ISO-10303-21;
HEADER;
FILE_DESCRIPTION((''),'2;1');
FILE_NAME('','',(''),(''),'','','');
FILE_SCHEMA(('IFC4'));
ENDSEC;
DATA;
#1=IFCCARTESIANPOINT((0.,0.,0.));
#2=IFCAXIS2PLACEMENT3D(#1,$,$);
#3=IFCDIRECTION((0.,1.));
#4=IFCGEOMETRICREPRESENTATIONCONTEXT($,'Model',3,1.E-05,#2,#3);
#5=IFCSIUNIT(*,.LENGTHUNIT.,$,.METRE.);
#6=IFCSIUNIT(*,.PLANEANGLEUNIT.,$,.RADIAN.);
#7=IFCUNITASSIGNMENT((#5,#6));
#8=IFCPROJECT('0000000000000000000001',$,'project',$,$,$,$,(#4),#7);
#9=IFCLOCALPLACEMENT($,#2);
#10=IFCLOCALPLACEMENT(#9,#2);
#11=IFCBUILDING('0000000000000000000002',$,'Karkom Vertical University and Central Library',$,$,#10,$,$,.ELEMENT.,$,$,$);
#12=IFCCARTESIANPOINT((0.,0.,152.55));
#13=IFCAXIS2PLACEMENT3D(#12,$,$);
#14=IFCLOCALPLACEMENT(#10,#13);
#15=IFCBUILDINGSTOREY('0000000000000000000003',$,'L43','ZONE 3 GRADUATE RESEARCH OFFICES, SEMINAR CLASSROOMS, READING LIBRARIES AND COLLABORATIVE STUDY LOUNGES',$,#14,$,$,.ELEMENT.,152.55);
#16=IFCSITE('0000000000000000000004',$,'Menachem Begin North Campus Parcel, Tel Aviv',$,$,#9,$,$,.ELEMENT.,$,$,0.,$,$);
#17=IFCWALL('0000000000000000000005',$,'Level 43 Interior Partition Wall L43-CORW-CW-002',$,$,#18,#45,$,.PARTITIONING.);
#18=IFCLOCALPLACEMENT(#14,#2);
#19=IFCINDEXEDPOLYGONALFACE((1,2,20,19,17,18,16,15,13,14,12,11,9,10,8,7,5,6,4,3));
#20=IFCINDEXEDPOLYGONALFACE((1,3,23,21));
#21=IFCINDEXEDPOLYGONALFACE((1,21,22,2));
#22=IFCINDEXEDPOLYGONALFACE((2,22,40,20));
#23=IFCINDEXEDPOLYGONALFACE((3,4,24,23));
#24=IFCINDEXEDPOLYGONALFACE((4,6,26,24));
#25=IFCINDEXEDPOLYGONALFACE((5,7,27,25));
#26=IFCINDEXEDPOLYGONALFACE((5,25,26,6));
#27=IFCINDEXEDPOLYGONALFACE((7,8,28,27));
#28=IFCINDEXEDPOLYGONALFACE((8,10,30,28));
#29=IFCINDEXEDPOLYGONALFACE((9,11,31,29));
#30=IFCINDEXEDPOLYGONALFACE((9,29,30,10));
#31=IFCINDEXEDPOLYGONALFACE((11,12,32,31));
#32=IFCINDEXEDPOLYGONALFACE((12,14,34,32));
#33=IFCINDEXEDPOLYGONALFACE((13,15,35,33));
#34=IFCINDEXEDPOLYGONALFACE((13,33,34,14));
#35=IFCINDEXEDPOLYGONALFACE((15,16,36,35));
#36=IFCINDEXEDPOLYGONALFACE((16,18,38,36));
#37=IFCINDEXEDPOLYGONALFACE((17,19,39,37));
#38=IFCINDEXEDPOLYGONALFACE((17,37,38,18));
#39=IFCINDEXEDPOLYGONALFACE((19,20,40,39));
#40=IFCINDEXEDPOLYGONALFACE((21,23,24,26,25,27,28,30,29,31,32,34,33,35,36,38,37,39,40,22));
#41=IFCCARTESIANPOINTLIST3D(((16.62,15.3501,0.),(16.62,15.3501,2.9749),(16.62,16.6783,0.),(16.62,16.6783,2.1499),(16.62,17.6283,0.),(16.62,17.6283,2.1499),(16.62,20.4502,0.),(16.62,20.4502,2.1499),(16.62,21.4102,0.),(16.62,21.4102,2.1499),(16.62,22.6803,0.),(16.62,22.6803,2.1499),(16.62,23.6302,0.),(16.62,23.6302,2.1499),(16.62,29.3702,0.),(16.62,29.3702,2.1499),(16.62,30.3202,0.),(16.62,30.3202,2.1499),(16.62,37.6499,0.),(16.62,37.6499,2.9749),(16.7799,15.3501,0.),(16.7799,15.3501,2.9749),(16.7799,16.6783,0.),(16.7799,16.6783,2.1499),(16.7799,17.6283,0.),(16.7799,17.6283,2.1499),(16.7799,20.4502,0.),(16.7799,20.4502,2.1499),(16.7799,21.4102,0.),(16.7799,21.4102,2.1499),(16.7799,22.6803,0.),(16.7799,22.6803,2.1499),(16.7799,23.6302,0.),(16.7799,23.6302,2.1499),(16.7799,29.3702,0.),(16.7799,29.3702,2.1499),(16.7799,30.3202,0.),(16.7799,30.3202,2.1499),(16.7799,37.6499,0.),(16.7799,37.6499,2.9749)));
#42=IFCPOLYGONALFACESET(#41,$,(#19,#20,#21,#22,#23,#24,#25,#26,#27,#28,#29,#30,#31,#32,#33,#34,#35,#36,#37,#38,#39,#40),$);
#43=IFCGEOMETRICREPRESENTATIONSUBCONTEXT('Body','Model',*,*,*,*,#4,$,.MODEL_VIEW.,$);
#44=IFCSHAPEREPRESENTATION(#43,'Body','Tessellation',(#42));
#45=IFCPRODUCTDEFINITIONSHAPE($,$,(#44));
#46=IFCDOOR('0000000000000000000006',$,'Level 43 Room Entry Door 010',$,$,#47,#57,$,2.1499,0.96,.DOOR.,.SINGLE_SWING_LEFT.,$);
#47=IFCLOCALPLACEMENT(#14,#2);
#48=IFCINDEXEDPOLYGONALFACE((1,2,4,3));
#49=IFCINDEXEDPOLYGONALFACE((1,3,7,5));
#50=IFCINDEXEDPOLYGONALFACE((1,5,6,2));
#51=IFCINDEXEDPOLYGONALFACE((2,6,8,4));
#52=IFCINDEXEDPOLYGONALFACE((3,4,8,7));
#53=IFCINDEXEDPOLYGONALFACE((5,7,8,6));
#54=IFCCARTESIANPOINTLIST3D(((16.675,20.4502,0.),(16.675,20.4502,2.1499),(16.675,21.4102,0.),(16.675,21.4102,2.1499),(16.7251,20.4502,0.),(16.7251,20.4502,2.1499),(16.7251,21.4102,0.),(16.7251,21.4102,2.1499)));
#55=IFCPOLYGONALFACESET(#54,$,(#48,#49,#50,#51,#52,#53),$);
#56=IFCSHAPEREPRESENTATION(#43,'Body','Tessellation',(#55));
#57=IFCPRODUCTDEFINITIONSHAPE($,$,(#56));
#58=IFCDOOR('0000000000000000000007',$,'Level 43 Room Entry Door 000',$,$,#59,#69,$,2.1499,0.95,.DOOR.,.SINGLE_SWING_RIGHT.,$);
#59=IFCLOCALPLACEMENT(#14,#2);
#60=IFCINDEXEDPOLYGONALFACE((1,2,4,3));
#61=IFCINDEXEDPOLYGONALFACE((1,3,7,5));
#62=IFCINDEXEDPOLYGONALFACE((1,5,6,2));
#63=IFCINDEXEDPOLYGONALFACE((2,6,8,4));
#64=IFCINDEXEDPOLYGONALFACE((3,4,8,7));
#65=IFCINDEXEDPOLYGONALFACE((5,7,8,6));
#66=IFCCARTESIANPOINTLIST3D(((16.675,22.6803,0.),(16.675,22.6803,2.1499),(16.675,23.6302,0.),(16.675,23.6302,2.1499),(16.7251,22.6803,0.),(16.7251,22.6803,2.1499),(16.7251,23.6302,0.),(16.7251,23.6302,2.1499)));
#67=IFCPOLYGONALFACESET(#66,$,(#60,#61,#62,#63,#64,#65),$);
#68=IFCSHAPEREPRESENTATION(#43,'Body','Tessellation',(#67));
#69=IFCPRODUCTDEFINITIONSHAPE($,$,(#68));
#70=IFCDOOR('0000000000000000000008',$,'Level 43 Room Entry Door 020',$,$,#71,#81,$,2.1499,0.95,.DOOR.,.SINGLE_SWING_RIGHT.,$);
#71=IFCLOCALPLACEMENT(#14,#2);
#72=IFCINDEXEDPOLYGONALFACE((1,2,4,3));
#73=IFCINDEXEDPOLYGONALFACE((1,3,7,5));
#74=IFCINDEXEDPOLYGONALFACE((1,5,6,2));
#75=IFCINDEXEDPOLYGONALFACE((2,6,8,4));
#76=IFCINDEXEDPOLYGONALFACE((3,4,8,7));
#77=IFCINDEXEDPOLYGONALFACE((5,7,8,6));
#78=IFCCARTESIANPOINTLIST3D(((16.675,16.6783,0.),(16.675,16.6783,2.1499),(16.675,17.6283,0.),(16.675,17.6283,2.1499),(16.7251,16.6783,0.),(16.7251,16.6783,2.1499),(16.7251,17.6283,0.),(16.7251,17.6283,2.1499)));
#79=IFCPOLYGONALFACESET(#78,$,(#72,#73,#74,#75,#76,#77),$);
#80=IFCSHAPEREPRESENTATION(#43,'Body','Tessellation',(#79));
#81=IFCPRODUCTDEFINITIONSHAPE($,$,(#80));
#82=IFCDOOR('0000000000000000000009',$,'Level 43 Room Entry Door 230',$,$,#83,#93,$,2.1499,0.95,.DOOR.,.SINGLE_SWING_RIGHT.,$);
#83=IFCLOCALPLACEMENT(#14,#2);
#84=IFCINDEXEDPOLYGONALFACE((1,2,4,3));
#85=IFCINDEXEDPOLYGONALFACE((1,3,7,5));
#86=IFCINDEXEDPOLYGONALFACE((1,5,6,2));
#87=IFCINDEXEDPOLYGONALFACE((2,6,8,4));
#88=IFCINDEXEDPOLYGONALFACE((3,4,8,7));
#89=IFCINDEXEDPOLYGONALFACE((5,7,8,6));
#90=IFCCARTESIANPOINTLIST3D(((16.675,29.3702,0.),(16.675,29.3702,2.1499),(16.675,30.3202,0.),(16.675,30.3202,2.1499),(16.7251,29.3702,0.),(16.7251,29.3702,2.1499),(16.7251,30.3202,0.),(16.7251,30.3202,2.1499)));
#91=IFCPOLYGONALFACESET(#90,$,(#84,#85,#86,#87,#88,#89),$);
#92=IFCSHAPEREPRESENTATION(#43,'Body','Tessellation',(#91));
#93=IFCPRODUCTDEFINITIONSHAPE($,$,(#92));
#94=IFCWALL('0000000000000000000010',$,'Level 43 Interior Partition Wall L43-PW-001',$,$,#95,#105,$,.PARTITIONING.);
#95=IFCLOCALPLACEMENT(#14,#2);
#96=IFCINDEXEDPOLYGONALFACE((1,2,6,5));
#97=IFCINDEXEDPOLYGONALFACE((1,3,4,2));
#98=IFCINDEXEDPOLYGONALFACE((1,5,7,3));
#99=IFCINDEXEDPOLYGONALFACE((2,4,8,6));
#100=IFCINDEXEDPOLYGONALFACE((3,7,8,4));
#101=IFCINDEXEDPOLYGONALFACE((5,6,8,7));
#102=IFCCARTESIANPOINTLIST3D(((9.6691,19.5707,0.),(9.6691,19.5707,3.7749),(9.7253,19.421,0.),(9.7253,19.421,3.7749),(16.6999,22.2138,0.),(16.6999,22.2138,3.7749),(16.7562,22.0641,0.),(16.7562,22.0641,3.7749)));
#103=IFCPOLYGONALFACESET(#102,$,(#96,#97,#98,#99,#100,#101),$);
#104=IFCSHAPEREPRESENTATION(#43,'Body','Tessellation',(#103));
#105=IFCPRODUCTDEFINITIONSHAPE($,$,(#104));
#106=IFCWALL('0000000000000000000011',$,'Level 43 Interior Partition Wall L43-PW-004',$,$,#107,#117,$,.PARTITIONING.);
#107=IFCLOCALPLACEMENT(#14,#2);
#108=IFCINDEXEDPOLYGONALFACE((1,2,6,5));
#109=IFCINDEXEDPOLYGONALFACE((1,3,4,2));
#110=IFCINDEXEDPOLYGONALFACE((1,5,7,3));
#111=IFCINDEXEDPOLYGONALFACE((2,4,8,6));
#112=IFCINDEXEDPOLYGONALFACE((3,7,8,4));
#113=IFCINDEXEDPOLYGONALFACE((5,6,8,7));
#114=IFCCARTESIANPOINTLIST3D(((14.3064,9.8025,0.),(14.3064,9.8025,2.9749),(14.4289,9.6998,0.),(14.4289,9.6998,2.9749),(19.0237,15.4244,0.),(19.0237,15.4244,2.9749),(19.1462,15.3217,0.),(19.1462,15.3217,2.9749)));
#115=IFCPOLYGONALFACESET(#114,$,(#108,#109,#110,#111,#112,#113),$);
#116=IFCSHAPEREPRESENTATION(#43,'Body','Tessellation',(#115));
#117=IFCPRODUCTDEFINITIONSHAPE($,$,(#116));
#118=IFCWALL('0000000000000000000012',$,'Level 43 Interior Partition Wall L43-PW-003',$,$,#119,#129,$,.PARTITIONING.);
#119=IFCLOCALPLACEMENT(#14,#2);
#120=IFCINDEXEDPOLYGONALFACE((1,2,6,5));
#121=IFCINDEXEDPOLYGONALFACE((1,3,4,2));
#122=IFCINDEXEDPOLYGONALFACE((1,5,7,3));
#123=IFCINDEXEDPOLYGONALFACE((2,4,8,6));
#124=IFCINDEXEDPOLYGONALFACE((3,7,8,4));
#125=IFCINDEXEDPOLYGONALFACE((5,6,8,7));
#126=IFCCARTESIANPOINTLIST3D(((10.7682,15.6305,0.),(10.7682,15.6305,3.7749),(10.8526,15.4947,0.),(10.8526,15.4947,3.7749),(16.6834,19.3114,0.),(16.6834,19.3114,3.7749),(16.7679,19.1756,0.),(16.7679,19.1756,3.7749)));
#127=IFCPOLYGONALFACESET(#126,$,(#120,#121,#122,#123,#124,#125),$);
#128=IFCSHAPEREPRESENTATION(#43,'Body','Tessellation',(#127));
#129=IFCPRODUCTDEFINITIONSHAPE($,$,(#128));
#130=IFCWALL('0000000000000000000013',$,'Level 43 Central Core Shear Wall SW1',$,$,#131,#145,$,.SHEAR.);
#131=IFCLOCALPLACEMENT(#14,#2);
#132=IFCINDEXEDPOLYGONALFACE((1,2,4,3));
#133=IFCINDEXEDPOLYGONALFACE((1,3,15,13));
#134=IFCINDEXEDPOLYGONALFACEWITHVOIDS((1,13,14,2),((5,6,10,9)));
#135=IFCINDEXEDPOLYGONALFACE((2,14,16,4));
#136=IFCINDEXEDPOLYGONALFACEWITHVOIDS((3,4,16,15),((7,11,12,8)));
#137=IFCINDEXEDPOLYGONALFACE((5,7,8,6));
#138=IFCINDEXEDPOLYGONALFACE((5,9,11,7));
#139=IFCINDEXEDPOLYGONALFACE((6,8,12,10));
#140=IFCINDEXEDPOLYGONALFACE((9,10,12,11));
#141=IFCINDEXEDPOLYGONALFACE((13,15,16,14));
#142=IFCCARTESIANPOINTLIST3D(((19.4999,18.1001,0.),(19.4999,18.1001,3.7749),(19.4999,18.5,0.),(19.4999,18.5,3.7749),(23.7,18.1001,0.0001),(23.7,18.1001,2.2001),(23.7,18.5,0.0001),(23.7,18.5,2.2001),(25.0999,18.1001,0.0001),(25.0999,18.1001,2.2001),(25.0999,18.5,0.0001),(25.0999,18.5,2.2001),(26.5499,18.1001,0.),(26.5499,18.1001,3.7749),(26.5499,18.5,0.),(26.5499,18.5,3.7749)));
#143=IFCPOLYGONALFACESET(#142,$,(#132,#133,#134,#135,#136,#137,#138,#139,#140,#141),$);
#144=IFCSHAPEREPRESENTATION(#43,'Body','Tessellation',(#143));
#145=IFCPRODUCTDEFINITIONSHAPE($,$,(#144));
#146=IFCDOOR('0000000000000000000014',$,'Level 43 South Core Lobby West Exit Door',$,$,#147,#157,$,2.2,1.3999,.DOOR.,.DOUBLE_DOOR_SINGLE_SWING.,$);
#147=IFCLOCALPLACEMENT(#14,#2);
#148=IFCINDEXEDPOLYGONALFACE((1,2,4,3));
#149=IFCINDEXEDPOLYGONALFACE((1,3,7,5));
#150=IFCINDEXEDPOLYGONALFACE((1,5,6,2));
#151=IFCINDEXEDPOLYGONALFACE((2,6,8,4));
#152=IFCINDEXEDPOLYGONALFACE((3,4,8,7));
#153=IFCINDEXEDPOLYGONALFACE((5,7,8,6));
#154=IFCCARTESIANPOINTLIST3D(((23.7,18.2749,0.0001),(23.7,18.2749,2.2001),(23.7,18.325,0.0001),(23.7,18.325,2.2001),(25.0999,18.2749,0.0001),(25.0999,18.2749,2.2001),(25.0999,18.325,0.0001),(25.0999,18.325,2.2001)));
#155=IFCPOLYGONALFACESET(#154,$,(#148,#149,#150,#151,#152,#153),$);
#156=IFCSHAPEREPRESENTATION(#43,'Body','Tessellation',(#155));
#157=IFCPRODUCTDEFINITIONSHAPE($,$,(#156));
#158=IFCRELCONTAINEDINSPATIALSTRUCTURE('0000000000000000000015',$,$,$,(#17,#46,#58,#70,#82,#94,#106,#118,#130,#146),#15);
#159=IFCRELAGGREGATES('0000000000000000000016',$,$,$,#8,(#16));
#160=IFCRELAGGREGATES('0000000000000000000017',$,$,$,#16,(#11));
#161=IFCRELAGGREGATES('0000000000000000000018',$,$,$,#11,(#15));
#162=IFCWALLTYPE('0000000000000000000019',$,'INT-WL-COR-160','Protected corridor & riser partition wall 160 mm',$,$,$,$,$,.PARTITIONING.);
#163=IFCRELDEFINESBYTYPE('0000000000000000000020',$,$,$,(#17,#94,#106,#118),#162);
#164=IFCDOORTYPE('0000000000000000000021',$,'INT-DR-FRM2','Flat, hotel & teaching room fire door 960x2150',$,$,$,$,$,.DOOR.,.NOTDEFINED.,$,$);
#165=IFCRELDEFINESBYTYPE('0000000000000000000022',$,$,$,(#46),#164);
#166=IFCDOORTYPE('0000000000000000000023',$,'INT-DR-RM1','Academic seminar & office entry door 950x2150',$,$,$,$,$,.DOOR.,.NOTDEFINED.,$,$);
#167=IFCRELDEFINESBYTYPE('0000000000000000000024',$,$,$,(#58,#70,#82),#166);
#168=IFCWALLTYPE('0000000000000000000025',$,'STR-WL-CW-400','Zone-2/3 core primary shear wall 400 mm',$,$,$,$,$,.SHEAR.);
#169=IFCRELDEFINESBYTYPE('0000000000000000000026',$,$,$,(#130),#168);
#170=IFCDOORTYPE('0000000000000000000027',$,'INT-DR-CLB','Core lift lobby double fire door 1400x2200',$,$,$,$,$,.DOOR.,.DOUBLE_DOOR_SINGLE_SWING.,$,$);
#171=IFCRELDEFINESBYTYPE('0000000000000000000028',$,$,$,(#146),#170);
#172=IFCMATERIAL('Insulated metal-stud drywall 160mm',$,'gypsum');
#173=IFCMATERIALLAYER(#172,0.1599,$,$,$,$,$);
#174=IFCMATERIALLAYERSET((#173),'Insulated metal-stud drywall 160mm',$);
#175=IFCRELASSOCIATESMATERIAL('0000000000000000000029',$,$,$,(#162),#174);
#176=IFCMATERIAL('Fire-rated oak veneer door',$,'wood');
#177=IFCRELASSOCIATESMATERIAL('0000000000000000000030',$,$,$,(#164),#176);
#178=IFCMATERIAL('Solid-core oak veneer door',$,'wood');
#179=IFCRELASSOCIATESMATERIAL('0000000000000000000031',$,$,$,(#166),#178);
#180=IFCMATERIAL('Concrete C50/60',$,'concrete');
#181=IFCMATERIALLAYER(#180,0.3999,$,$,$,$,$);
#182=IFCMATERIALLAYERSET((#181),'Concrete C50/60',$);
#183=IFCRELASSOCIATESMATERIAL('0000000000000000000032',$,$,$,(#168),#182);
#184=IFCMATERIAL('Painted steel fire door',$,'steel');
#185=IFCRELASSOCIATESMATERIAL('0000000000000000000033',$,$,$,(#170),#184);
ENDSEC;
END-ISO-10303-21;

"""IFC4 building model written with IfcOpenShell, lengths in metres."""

from ifc_helpers import new_model, si_unit, direction, frame, frame_2d, origin, origin_with_axes, place, context, subcontext, project, spatial, rectangle, extrude, source, transform, mapped, material, layer, layer_set, type_object, element, fill, save


model = new_model("IFC4")

# Units and contexts
model_context = context("Model", 3, precision=1e-05, world=origin(), true_north=direction((0.0, 1.0)))
body_context = subcontext(model_context, "Body", "Model", "MODEL_VIEW")
ifc_project = project(units=[si_unit("LENGTHUNIT", "METRE"), si_unit("PLANEANGLEUNIT", "RADIAN")], contexts=[model_context])

# Site, building, storey
site_placement = place(None, origin())
site = spatial("IfcSite", under=ifc_project, at=site_placement, Name="Menachem Begin North Campus Parcel, Tel Aviv", CompositionType="ELEMENT", RefElevation=0.0)
building_placement = place(site_placement, origin())
building = spatial("IfcBuilding", under=site, at=building_placement, Name="Karkom Vertical University and Central Library", CompositionType="ELEMENT")
storey_placement = place(building_placement, frame((0.0, 0.0, 152.55)))
storey = spatial("IfcBuildingStorey", under=building, at=storey_placement, Name="L43", Description="ZONE 3 GRADUATE RESEARCH OFFICES, SEMINAR CLASSROOMS, READING LIBRARIES AND COLLABORATIVE STUDY LOUNGES", CompositionType="ELEMENT", Elevation=152.55)

# Shared definitions
ifc_material_1 = material(Name="Concrete C50/60", Category="concrete")

# Wall, openings, doors
ifc_material_2 = material(Name="Insulated metal-stud drywall 160mm", Category="gypsum")
ifc_layer_1 = layer(ifc_material_2, 0.1599)
ifc_layer_set_1 = layer_set([ifc_layer_1], Name="Insulated metal-stud drywall 160mm")
wall_type_1 = type_object("IfcWallType", Name="INT-WL-COR-160", Description="Protected corridor & riser partition wall 160 mm", PredefinedType="PARTITIONING", material=ifc_layer_set_1)
wall_1_placement = place(storey_placement, frame((16.7, 15.3501, 0.0), z_axis=(0.0, 0.0, 1.0), x_axis=(0.0, 1.0, 0.0)))
wall_1 = element("IfcWall", 1, at=wall_1_placement, inside=storey, type_object=wall_type_1, Name="Level 43 Interior Partition Wall L43-CORW-CW-002", PredefinedType="PARTITIONING", context=body_context, shape_type="SweptSolid", body=[
    extrude(rectangle(XDim=22.2998, YDim=0.1599, at=frame_2d((11.1499, 0.0))), origin(), (0.0, 0.0, 1.0), 2.9749),
])
opening_1_placement = place(wall_1_placement, frame((7.3301, 0.0, 0.0)))
opening_1 = element("IfcOpeningElement", 2, at=opening_1_placement, cuts=wall_1, PredefinedType="OPENING", context=body_context, shape_type="SweptSolid", body=[
    extrude(rectangle(XDim=0.95, YDim=2.1499, at=frame_2d((0.4751, 1.075))), frame((0.0, 0.0898, 0.0), z_axis=(0.0, -1.0, 0.0), x_axis=(1.0, 0.0, 0.0)), (0.0, 0.0, 1.0), 0.1799),
])
opening_2_placement = place(wall_1_placement, frame((5.1001, 0.0, 0.0)))
opening_2 = element("IfcOpeningElement", 3, at=opening_2_placement, cuts=wall_1, PredefinedType="OPENING", context=body_context, shape_type="SweptSolid", body=[
    extrude(rectangle(XDim=0.96, YDim=2.1499, at=frame_2d((0.48, 1.075))), frame((0.0, 0.0898, 0.0), z_axis=(0.0, -1.0, 0.0), x_axis=(1.0, 0.0, 0.0)), (0.0, 0.0, 1.0), 0.1799),
])
opening_3_placement = place(wall_1_placement, frame((1.3281, 0.0, 0.0)))
opening_3 = element("IfcOpeningElement", 4, at=opening_3_placement, cuts=wall_1, PredefinedType="OPENING", context=body_context, shape_type="SweptSolid", body=[
    extrude(rectangle(XDim=0.95, YDim=2.1499, at=frame_2d((0.4751, 1.075))), frame((0.0, 0.0898, 0.0), z_axis=(0.0, -1.0, 0.0), x_axis=(1.0, 0.0, 0.0)), (0.0, 0.0, 1.0), 0.1799),
])
opening_4_placement = place(wall_1_placement, frame((14.02, 0.0, 0.0)))
opening_4 = element("IfcOpeningElement", 5, at=opening_4_placement, cuts=wall_1, PredefinedType="OPENING", context=body_context, shape_type="SweptSolid", body=[
    extrude(rectangle(XDim=0.95, YDim=2.1499, at=frame_2d((0.4751, 1.075))), frame((0.0, 0.0898, 0.0), z_axis=(0.0, -1.0, 0.0), x_axis=(1.0, 0.0, 0.0)), (0.0, 0.0, 1.0), 0.1799),
])
ifc_material_3 = material(Name="Fire-rated oak veneer door", Category="wood")
door_type_1 = type_object("IfcDoorType", Name="INT-DR-FRM2", Description="Flat, hotel & teaching room fire door 960x2150", OperationType="NOTDEFINED", PredefinedType="DOOR", material=ifc_material_3)
shared_shape_1 = source(origin_with_axes(), body_context, "Body", "SweptSolid", [
    extrude(rectangle(XDim=0.96, YDim=2.1499, at=frame_2d((0.48, 1.075))), frame((0.0, 0.0249, 0.0), z_axis=(0.0, -1.0, 0.0), x_axis=(1.0, 0.0, 0.0)), (0.0, 0.0, 1.0), 0.05),
])
door_1_placement = place(opening_2_placement, origin())
door_1 = element("IfcDoor", 6, at=door_1_placement, inside=storey, type_object=door_type_1, Name="Level 43 Room Entry Door 010", OperationType="SINGLE_SWING_LEFT", OverallHeight=2.1499, OverallWidth=0.96, PredefinedType="DOOR", context=body_context, shape_type="MappedRepresentation", body=[
    mapped(shared_shape_1, transform((0.0, 0.0, 0.0), scale=1.0)),
])
fill(opening_2, door_1)
ifc_material_4 = material(Name="Solid-core oak veneer door", Category="wood")
door_type_2 = type_object("IfcDoorType", Name="INT-DR-RM1", Description="Academic seminar & office entry door 950x2150", OperationType="NOTDEFINED", PredefinedType="DOOR", material=ifc_material_4)
shared_shape_2 = source(origin_with_axes(), body_context, "Body", "SweptSolid", [
    extrude(rectangle(XDim=0.95, YDim=2.1499, at=frame_2d((0.4751, 1.075))), frame((0.0, 0.0249, 0.0), z_axis=(0.0, -1.0, 0.0), x_axis=(1.0, 0.0, 0.0)), (0.0, 0.0, 1.0), 0.05),
])
door_2_placement = place(opening_1_placement, origin())
door_2 = element("IfcDoor", 7, at=door_2_placement, inside=storey, type_object=door_type_2, Name="Level 43 Room Entry Door 000", OperationType="SINGLE_SWING_RIGHT", OverallHeight=2.1499, OverallWidth=0.95, PredefinedType="DOOR", context=body_context, shape_type="MappedRepresentation", body=[
    mapped(shared_shape_2, transform((0.0, 0.0, 0.0), scale=1.0)),
])
fill(opening_1, door_2)
door_3_placement = place(opening_3_placement, origin())
door_3 = element("IfcDoor", 8, at=door_3_placement, inside=storey, type_object=door_type_2, Name="Level 43 Room Entry Door 020", OperationType="SINGLE_SWING_RIGHT", OverallHeight=2.1499, OverallWidth=0.95, PredefinedType="DOOR", context=body_context, shape_type="MappedRepresentation", body=[
    mapped(shared_shape_2, transform((0.0, 0.0, 0.0), scale=1.0)),
])
fill(opening_3, door_3)
door_4_placement = place(opening_4_placement, origin())
door_4 = element("IfcDoor", 9, at=door_4_placement, inside=storey, type_object=door_type_2, Name="Level 43 Room Entry Door 230", OperationType="SINGLE_SWING_RIGHT", OverallHeight=2.1499, OverallWidth=0.95, PredefinedType="DOOR", context=body_context, shape_type="MappedRepresentation", body=[
    mapped(shared_shape_2, transform((0.0, 0.0, 0.0), scale=1.0)),
])
fill(opening_4, door_4)

# Walls
wall_2_placement = place(storey_placement, frame((16.728, 22.1389, 0.0), z_axis=(0.0, 0.0, 1.0), x_axis=(-0.936043, -0.351886, 0.0)))
element("IfcWall", 10, at=wall_2_placement, inside=storey, type_object=wall_type_1, Name="Level 43 Interior Partition Wall L43-PW-001", PredefinedType="PARTITIONING", context=body_context, shape_type="SweptSolid", body=[
    extrude(rectangle(XDim=7.5112, YDim=0.1599, at=frame_2d((3.7556, 0.0))), origin(), (0.0, 0.0, 1.0), 3.7749),
])
wall_3_placement = place(storey_placement, frame((19.085, 15.373, 0.0), z_axis=(0.0, 0.0, 1.0), x_axis=(-0.642789, -0.766044, 0.0)))
element("IfcWall", 11, at=wall_3_placement, inside=storey, type_object=wall_type_1, Name="Level 43 Interior Partition Wall L43-PW-004", PredefinedType="PARTITIONING", context=body_context, shape_type="SweptSolid", body=[
    extrude(rectangle(XDim=7.3389, YDim=0.1599, at=frame_2d((3.6694, 0.0))), origin(), (0.0, 0.0, 1.0), 2.9749),
])
wall_4_placement = place(storey_placement, frame((16.7256, 19.2434, 0.0), z_axis=(0.0, 0.0, 1.0), x_axis=(-0.849038, -0.528332, 0.0)))
element("IfcWall", 12, at=wall_4_placement, inside=storey, type_object=wall_type_1, Name="Level 43 Interior Partition Wall L43-PW-003", PredefinedType="PARTITIONING", context=body_context, shape_type="SweptSolid", body=[
    extrude(rectangle(XDim=6.967, YDim=0.1599, at=frame_2d((3.4834, 0.0))), origin(), (0.0, 0.0, 1.0), 3.7749),
])

# Wall, opening, door
ifc_layer_2 = layer(ifc_material_1, 0.3999)
ifc_layer_set_2 = layer_set([ifc_layer_2], Name="Concrete C50/60")
wall_type_2 = type_object("IfcWallType", Name="STR-WL-CW-400", Description="Zone-2/3 core primary shear wall 400 mm", PredefinedType="SHEAR", material=ifc_layer_set_2)
wall_5_placement = place(storey_placement, frame((19.5, 18.3, 0.0), z_axis=(0.0, 0.0, 1.0), x_axis=(1.0, 0.0, 0.0)))
wall_5 = element("IfcWall", 13, at=wall_5_placement, inside=storey, type_object=wall_type_2, Name="Level 43 Central Core Shear Wall SW1", PredefinedType="SHEAR", context=body_context, shape_type="SweptSolid", body=[
    extrude(rectangle(XDim=7.05, YDim=0.3999, at=frame_2d((3.5249, 0.0))), origin(), (0.0, 0.0, 1.0), 3.7749),
])
opening_5_placement = place(wall_5_placement, frame((4.2, 0.0, 0.0)))
opening_5 = element("IfcOpeningElement", 14, at=opening_5_placement, cuts=wall_5, PredefinedType="OPENING", context=body_context, shape_type="SweptSolid", body=[
    extrude(rectangle(XDim=1.3999, YDim=2.2, at=frame_2d((0.7, 1.1001))), frame((0.0, 0.21, 0.0), z_axis=(0.0, -1.0, 0.0), x_axis=(1.0, 0.0, 0.0)), (0.0, 0.0, 1.0), 0.4199),
])
ifc_material_5 = material(Name="Painted steel fire door", Category="steel")
door_type_3 = type_object("IfcDoorType", Name="INT-DR-CLB", Description="Core lift lobby double fire door 1400x2200", OperationType="DOUBLE_DOOR_SINGLE_SWING", PredefinedType="DOOR", material=ifc_material_5)
shared_shape_3 = source(origin_with_axes(), body_context, "Body", "SweptSolid", [
    extrude(rectangle(XDim=1.3999, YDim=2.2, at=frame_2d((0.7, 1.1001))), frame((0.0, 0.0249, 0.0), z_axis=(0.0, -1.0, 0.0), x_axis=(1.0, 0.0, 0.0)), (0.0, 0.0, 1.0), 0.05),
])
door_5_placement = place(opening_5_placement, origin())
door_5 = element("IfcDoor", 15, at=door_5_placement, inside=storey, type_object=door_type_3, Name="Level 43 South Core Lobby West Exit Door", OperationType="DOUBLE_DOOR_SINGLE_SWING", OverallHeight=2.2, OverallWidth=1.3999, PredefinedType="DOOR", context=body_context, shape_type="MappedRepresentation", body=[
    mapped(shared_shape_3, transform((0.0, 0.0, 0.0), scale=1.0)),
])
fill(opening_5, door_5)

save(model, "model.ifc")
